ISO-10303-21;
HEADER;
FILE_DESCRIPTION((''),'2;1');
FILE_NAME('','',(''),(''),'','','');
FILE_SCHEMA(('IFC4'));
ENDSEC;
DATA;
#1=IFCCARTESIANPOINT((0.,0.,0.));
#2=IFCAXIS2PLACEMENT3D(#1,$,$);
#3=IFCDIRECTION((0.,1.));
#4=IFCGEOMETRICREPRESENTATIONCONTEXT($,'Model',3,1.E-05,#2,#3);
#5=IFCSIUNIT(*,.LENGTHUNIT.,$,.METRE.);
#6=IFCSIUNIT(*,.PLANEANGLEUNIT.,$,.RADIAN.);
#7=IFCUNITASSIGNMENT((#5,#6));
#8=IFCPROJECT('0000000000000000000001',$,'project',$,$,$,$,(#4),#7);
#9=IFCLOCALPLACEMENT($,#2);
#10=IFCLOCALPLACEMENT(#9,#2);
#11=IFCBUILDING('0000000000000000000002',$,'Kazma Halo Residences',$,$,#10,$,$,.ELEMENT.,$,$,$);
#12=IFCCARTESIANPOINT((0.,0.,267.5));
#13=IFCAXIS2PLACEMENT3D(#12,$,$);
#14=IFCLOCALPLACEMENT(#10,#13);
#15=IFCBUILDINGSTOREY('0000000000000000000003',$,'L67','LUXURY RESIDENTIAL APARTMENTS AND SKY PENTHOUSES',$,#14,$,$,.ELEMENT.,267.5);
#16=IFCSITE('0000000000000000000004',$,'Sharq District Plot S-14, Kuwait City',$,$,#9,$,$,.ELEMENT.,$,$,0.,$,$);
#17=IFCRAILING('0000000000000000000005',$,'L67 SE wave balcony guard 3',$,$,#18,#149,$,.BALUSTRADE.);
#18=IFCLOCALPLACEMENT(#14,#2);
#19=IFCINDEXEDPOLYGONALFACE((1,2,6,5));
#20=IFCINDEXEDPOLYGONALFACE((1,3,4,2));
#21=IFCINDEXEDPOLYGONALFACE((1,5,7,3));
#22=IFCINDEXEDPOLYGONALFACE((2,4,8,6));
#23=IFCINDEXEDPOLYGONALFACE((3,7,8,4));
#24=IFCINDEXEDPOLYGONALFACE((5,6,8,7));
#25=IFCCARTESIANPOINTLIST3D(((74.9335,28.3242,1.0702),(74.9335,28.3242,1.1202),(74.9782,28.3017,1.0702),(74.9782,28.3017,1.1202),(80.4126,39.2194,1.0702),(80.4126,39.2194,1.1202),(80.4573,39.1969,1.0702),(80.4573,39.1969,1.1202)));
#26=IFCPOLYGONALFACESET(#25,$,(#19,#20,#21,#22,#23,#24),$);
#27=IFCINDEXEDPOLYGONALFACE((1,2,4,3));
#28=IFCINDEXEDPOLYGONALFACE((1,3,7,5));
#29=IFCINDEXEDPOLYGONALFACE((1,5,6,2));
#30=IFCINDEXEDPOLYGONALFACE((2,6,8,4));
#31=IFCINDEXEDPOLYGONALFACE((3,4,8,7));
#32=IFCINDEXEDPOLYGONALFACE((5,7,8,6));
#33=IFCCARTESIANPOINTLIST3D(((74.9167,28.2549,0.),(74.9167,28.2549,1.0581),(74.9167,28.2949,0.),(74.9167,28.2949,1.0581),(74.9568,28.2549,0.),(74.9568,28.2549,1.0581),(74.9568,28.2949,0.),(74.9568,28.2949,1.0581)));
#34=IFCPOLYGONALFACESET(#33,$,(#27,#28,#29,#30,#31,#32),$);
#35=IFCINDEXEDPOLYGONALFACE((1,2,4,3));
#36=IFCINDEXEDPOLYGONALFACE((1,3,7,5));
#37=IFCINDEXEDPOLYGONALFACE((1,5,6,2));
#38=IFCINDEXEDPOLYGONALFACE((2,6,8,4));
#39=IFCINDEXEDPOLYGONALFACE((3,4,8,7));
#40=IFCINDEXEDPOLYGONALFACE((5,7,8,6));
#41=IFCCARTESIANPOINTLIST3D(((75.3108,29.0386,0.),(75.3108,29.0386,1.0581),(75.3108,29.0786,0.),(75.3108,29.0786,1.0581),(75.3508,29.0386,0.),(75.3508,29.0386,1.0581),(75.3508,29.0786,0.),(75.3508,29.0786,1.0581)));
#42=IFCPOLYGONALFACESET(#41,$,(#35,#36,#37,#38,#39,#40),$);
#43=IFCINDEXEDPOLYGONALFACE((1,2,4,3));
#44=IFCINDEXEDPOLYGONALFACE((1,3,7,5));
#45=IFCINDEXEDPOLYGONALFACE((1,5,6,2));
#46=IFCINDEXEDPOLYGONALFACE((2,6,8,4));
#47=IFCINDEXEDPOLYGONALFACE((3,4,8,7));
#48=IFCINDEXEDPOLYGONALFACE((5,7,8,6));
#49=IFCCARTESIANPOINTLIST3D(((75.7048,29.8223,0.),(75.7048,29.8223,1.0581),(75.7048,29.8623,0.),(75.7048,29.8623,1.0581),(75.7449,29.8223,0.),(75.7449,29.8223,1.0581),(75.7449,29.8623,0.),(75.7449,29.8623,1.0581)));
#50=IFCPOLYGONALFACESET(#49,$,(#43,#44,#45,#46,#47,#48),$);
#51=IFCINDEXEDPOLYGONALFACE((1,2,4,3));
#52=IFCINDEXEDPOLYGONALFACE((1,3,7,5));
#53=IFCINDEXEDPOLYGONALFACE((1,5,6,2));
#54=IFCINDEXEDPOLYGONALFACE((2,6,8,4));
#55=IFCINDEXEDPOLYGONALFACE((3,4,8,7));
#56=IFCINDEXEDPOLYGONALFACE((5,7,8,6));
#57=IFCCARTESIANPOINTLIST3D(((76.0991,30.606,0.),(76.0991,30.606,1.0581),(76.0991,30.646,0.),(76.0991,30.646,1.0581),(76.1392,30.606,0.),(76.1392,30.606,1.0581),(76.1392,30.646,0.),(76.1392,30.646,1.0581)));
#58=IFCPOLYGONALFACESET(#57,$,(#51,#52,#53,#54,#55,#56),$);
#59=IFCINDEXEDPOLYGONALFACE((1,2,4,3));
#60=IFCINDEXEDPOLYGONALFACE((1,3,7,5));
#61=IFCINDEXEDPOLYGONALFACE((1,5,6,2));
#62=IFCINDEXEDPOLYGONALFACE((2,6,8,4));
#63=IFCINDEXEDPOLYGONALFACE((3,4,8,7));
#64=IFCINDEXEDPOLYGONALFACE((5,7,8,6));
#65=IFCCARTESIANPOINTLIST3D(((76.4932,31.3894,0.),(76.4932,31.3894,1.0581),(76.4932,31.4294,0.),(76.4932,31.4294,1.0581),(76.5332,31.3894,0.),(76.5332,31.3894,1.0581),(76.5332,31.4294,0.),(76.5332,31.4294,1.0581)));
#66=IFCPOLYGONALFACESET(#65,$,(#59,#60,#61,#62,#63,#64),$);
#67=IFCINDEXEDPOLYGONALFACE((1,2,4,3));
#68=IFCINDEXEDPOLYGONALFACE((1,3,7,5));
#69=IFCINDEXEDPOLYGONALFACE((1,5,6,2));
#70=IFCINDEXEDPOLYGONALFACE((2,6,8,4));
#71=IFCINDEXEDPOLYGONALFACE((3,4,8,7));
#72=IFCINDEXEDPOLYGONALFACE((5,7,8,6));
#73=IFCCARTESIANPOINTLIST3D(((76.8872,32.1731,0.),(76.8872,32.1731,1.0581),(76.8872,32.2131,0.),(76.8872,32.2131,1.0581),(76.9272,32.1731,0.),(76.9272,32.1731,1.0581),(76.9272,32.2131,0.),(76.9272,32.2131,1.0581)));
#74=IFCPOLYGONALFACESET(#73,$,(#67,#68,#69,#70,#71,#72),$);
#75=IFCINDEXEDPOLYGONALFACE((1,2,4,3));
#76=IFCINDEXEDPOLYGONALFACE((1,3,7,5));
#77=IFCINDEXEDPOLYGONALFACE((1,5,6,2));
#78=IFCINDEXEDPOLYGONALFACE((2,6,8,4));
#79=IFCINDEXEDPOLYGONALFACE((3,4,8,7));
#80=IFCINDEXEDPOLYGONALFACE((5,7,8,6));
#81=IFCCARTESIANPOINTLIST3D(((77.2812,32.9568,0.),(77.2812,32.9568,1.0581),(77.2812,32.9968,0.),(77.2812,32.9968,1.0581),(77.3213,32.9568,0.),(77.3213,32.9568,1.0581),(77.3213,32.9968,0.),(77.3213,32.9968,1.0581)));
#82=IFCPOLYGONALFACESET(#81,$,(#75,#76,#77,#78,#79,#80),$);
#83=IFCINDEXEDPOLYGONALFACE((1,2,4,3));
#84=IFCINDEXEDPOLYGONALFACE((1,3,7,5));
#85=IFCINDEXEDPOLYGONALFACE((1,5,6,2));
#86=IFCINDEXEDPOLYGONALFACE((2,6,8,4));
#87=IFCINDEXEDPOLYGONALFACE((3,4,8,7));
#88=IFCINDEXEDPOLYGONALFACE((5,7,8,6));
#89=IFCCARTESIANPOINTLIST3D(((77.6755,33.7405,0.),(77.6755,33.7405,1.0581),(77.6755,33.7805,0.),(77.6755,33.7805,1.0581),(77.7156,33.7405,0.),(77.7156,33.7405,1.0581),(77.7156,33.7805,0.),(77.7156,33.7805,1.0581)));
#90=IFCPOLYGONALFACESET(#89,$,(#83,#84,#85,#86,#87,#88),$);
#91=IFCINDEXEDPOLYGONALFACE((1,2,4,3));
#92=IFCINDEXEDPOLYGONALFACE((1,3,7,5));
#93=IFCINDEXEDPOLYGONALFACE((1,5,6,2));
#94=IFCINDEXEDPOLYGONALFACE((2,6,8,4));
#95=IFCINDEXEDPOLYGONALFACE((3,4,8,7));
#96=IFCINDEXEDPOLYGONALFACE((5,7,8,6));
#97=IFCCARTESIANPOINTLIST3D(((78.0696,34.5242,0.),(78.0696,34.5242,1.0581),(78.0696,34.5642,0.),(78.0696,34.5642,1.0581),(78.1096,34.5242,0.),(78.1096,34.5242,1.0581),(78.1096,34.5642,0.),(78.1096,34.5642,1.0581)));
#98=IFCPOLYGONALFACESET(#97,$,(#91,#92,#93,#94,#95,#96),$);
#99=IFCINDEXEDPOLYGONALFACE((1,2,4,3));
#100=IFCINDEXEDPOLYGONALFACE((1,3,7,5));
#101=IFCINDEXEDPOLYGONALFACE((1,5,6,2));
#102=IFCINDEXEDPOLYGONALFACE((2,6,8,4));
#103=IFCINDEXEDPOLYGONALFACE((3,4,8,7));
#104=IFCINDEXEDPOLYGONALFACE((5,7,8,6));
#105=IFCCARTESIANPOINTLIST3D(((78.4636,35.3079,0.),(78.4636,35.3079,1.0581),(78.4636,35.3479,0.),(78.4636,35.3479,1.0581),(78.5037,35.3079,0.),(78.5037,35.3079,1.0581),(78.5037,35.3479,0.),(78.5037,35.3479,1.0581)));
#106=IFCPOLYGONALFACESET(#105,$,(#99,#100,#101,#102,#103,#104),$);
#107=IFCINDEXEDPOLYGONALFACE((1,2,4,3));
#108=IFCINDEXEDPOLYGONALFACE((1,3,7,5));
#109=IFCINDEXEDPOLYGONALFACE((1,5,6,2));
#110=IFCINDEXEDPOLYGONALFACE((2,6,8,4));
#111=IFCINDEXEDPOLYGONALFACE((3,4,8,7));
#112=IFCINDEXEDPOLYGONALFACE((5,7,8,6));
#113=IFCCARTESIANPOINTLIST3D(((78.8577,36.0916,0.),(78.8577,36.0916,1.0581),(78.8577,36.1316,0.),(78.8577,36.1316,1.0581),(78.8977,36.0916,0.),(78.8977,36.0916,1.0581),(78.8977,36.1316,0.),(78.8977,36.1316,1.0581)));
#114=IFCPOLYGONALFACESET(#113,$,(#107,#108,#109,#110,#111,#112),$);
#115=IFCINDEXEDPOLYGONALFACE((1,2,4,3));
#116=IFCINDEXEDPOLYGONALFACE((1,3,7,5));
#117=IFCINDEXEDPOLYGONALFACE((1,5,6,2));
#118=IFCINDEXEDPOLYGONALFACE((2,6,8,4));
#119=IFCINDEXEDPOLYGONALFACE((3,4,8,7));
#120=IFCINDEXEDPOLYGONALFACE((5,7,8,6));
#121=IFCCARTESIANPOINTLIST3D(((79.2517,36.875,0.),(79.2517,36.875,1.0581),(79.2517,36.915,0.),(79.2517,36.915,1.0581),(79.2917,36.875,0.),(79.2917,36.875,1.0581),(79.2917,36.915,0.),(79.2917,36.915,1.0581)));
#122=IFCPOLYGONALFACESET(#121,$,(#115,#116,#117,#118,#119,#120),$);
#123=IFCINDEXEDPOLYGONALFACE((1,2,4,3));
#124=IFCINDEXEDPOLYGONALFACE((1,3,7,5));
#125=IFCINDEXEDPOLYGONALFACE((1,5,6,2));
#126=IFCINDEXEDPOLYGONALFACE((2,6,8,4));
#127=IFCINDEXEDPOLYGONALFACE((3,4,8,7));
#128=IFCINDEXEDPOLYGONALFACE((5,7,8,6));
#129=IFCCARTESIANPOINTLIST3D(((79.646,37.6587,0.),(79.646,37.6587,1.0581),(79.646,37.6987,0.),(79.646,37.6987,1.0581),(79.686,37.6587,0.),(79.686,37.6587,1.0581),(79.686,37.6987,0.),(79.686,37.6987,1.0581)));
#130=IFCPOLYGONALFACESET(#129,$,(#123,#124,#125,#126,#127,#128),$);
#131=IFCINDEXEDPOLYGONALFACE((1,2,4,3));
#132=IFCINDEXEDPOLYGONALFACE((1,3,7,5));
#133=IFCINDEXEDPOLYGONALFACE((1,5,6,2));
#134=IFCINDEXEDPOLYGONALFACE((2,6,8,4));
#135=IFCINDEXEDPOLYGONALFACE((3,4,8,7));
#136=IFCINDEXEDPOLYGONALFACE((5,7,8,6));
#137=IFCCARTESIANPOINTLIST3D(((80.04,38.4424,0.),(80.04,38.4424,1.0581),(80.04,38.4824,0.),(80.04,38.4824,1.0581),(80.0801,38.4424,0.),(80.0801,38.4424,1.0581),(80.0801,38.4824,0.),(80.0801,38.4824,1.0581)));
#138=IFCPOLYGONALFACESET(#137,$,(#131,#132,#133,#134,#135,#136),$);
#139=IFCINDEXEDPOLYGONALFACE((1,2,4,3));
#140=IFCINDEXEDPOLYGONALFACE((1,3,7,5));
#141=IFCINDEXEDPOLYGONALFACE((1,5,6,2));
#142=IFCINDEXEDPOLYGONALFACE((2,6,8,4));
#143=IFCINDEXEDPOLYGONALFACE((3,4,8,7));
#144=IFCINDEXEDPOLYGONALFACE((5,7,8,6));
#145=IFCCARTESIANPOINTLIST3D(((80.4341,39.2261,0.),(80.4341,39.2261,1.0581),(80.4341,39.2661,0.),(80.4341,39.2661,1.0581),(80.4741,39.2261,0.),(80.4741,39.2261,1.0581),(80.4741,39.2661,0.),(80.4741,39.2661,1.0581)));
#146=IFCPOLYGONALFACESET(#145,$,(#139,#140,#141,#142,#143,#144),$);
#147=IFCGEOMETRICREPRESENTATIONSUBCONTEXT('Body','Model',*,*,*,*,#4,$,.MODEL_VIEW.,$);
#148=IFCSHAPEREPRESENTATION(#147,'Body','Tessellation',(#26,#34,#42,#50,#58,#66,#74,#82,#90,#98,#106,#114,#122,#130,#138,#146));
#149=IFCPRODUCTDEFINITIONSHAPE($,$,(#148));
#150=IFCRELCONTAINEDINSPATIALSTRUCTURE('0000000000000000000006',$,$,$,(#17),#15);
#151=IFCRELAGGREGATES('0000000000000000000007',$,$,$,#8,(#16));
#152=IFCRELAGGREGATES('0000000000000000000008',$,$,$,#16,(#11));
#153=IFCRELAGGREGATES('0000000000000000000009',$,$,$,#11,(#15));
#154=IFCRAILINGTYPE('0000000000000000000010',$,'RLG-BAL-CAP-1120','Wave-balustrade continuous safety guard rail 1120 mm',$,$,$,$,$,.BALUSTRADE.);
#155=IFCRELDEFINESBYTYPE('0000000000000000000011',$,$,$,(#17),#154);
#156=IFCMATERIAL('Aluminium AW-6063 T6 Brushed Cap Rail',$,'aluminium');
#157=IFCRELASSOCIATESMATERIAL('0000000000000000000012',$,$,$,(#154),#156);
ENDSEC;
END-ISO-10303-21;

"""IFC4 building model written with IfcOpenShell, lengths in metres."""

from ifc_helpers import new_model, si_unit, direction, frame, origin, origin_2d, place, context, subcontext, project, spatial, rectangle, extrude, material, type_object, element, save


model = new_model("IFC4")

# Units and contexts
model_context = context("Model", 3, precision=1e-05, world=origin(), true_north=direction((0.0, 1.0)))
body_context = subcontext(model_context, "Body", "Model", "MODEL_VIEW")
ifc_project = project(units=[si_unit("LENGTHUNIT", "METRE"), si_unit("PLANEANGLEUNIT", "RADIAN")], contexts=[model_context])

# Site, building, storey
site_placement = place(None, origin())
site = spatial("IfcSite", under=ifc_project, at=site_placement, Name="Sharq District Plot S-14, Kuwait City", CompositionType="ELEMENT", RefElevation=0.0)
building_placement = place(site_placement, origin())
building = spatial("IfcBuilding", under=site, at=building_placement, Name="Kazma Halo Residences", CompositionType="ELEMENT")
storey_placement = place(building_placement, frame((0.0, 0.0, 267.5)))
storey = spatial("IfcBuildingStorey", under=building, at=storey_placement, Name="L67", Description="LUXURY RESIDENTIAL APARTMENTS AND SKY PENTHOUSES", CompositionType="ELEMENT", Elevation=267.5)

# Railing
ifc_material_1 = material(Name="Aluminium AW-6063 T6 Brushed Cap Rail", Category="aluminium")
railing_type = type_object("IfcRailingType", Name="RLG-BAL-CAP-1120", Description="Wave-balustrade continuous safety guard rail 1120 mm", PredefinedType="BALUSTRADE", material=ifc_material_1)
railing_1_placement = place(storey_placement, frame((74.9368, 28.2749, 0.0)))
element("IfcRailing", 1, at=railing_1_placement, inside=storey, type_object=railing_type, Name="L67 SE wave balcony guard 3", PredefinedType="BALUSTRADE", context=body_context, shape_type="SweptSolid", body=[
    extrude(rectangle(XDim=0.05, YDim=0.05, at=origin_2d()), frame((0.019, 0.0381, 1.0952), z_axis=(0.44928, 0.893391, 0.0), x_axis=(-0.893391, 0.44928, 0.0)), (0.0, 0.0, 1.0), 12.1953),
    extrude(rectangle(XDim=0.04, YDim=0.04, at=origin_2d()), origin(), (0.0, 0.0, 1.0), 1.0581),
    extrude(rectangle(XDim=0.04, YDim=0.04, at=origin_2d()), frame((0.394, 0.7837, 0.0)), (0.0, 0.0, 1.0), 1.0581),
    extrude(rectangle(XDim=0.04, YDim=0.04, at=origin_2d()), frame((0.7881, 1.5674, 0.0)), (0.0, 0.0, 1.0), 1.0581),
    extrude(rectangle(XDim=0.04, YDim=0.04, at=origin_2d()), frame((1.1824, 2.3511, 0.0)), (0.0, 0.0, 1.0), 1.0581),
    extrude(rectangle(XDim=0.04, YDim=0.04, at=origin_2d()), frame((1.5764, 3.1345, 0.0)), (0.0, 0.0, 1.0), 1.0581),
    extrude(rectangle(XDim=0.04, YDim=0.04, at=origin_2d()), frame((1.9705, 3.9182, 0.0)), (0.0, 0.0, 1.0), 1.0581),
    extrude(rectangle(XDim=0.04, YDim=0.04, at=origin_2d()), frame((2.3645, 4.7019, 0.0)), (0.0, 0.0, 1.0), 1.0581),
    extrude(rectangle(XDim=0.04, YDim=0.04, at=origin_2d()), frame((2.7588, 5.4856, 0.0)), (0.0, 0.0, 1.0), 1.0581),
    extrude(rectangle(XDim=0.04, YDim=0.04, at=origin_2d()), frame((3.1528, 6.2693, 0.0)), (0.0, 0.0, 1.0), 1.0581),
    extrude(rectangle(XDim=0.04, YDim=0.04, at=origin_2d()), frame((3.5469, 7.053, 0.0)), (0.0, 0.0, 1.0), 1.0581),
    extrude(rectangle(XDim=0.04, YDim=0.04, at=origin_2d()), frame((3.9409, 7.8367, 0.0)), (0.0, 0.0, 1.0), 1.0581),
    extrude(rectangle(XDim=0.04, YDim=0.04, at=origin_2d()), frame((4.335, 8.6201, 0.0)), (0.0, 0.0, 1.0), 1.0581),
    extrude(rectangle(XDim=0.04, YDim=0.04, at=origin_2d()), frame((4.7292, 9.4038, 0.0)), (0.0, 0.0, 1.0), 1.0581),
    extrude(rectangle(XDim=0.04, YDim=0.04, at=origin_2d()), frame((5.1233, 10.1875, 0.0)), (0.0, 0.0, 1.0), 1.0581),
    extrude(rectangle(XDim=0.04, YDim=0.04, at=origin_2d()), frame((5.5173, 10.9712, 0.0)), (0.0, 0.0, 1.0), 1.0581),
])

save(model, "model.ifc")
